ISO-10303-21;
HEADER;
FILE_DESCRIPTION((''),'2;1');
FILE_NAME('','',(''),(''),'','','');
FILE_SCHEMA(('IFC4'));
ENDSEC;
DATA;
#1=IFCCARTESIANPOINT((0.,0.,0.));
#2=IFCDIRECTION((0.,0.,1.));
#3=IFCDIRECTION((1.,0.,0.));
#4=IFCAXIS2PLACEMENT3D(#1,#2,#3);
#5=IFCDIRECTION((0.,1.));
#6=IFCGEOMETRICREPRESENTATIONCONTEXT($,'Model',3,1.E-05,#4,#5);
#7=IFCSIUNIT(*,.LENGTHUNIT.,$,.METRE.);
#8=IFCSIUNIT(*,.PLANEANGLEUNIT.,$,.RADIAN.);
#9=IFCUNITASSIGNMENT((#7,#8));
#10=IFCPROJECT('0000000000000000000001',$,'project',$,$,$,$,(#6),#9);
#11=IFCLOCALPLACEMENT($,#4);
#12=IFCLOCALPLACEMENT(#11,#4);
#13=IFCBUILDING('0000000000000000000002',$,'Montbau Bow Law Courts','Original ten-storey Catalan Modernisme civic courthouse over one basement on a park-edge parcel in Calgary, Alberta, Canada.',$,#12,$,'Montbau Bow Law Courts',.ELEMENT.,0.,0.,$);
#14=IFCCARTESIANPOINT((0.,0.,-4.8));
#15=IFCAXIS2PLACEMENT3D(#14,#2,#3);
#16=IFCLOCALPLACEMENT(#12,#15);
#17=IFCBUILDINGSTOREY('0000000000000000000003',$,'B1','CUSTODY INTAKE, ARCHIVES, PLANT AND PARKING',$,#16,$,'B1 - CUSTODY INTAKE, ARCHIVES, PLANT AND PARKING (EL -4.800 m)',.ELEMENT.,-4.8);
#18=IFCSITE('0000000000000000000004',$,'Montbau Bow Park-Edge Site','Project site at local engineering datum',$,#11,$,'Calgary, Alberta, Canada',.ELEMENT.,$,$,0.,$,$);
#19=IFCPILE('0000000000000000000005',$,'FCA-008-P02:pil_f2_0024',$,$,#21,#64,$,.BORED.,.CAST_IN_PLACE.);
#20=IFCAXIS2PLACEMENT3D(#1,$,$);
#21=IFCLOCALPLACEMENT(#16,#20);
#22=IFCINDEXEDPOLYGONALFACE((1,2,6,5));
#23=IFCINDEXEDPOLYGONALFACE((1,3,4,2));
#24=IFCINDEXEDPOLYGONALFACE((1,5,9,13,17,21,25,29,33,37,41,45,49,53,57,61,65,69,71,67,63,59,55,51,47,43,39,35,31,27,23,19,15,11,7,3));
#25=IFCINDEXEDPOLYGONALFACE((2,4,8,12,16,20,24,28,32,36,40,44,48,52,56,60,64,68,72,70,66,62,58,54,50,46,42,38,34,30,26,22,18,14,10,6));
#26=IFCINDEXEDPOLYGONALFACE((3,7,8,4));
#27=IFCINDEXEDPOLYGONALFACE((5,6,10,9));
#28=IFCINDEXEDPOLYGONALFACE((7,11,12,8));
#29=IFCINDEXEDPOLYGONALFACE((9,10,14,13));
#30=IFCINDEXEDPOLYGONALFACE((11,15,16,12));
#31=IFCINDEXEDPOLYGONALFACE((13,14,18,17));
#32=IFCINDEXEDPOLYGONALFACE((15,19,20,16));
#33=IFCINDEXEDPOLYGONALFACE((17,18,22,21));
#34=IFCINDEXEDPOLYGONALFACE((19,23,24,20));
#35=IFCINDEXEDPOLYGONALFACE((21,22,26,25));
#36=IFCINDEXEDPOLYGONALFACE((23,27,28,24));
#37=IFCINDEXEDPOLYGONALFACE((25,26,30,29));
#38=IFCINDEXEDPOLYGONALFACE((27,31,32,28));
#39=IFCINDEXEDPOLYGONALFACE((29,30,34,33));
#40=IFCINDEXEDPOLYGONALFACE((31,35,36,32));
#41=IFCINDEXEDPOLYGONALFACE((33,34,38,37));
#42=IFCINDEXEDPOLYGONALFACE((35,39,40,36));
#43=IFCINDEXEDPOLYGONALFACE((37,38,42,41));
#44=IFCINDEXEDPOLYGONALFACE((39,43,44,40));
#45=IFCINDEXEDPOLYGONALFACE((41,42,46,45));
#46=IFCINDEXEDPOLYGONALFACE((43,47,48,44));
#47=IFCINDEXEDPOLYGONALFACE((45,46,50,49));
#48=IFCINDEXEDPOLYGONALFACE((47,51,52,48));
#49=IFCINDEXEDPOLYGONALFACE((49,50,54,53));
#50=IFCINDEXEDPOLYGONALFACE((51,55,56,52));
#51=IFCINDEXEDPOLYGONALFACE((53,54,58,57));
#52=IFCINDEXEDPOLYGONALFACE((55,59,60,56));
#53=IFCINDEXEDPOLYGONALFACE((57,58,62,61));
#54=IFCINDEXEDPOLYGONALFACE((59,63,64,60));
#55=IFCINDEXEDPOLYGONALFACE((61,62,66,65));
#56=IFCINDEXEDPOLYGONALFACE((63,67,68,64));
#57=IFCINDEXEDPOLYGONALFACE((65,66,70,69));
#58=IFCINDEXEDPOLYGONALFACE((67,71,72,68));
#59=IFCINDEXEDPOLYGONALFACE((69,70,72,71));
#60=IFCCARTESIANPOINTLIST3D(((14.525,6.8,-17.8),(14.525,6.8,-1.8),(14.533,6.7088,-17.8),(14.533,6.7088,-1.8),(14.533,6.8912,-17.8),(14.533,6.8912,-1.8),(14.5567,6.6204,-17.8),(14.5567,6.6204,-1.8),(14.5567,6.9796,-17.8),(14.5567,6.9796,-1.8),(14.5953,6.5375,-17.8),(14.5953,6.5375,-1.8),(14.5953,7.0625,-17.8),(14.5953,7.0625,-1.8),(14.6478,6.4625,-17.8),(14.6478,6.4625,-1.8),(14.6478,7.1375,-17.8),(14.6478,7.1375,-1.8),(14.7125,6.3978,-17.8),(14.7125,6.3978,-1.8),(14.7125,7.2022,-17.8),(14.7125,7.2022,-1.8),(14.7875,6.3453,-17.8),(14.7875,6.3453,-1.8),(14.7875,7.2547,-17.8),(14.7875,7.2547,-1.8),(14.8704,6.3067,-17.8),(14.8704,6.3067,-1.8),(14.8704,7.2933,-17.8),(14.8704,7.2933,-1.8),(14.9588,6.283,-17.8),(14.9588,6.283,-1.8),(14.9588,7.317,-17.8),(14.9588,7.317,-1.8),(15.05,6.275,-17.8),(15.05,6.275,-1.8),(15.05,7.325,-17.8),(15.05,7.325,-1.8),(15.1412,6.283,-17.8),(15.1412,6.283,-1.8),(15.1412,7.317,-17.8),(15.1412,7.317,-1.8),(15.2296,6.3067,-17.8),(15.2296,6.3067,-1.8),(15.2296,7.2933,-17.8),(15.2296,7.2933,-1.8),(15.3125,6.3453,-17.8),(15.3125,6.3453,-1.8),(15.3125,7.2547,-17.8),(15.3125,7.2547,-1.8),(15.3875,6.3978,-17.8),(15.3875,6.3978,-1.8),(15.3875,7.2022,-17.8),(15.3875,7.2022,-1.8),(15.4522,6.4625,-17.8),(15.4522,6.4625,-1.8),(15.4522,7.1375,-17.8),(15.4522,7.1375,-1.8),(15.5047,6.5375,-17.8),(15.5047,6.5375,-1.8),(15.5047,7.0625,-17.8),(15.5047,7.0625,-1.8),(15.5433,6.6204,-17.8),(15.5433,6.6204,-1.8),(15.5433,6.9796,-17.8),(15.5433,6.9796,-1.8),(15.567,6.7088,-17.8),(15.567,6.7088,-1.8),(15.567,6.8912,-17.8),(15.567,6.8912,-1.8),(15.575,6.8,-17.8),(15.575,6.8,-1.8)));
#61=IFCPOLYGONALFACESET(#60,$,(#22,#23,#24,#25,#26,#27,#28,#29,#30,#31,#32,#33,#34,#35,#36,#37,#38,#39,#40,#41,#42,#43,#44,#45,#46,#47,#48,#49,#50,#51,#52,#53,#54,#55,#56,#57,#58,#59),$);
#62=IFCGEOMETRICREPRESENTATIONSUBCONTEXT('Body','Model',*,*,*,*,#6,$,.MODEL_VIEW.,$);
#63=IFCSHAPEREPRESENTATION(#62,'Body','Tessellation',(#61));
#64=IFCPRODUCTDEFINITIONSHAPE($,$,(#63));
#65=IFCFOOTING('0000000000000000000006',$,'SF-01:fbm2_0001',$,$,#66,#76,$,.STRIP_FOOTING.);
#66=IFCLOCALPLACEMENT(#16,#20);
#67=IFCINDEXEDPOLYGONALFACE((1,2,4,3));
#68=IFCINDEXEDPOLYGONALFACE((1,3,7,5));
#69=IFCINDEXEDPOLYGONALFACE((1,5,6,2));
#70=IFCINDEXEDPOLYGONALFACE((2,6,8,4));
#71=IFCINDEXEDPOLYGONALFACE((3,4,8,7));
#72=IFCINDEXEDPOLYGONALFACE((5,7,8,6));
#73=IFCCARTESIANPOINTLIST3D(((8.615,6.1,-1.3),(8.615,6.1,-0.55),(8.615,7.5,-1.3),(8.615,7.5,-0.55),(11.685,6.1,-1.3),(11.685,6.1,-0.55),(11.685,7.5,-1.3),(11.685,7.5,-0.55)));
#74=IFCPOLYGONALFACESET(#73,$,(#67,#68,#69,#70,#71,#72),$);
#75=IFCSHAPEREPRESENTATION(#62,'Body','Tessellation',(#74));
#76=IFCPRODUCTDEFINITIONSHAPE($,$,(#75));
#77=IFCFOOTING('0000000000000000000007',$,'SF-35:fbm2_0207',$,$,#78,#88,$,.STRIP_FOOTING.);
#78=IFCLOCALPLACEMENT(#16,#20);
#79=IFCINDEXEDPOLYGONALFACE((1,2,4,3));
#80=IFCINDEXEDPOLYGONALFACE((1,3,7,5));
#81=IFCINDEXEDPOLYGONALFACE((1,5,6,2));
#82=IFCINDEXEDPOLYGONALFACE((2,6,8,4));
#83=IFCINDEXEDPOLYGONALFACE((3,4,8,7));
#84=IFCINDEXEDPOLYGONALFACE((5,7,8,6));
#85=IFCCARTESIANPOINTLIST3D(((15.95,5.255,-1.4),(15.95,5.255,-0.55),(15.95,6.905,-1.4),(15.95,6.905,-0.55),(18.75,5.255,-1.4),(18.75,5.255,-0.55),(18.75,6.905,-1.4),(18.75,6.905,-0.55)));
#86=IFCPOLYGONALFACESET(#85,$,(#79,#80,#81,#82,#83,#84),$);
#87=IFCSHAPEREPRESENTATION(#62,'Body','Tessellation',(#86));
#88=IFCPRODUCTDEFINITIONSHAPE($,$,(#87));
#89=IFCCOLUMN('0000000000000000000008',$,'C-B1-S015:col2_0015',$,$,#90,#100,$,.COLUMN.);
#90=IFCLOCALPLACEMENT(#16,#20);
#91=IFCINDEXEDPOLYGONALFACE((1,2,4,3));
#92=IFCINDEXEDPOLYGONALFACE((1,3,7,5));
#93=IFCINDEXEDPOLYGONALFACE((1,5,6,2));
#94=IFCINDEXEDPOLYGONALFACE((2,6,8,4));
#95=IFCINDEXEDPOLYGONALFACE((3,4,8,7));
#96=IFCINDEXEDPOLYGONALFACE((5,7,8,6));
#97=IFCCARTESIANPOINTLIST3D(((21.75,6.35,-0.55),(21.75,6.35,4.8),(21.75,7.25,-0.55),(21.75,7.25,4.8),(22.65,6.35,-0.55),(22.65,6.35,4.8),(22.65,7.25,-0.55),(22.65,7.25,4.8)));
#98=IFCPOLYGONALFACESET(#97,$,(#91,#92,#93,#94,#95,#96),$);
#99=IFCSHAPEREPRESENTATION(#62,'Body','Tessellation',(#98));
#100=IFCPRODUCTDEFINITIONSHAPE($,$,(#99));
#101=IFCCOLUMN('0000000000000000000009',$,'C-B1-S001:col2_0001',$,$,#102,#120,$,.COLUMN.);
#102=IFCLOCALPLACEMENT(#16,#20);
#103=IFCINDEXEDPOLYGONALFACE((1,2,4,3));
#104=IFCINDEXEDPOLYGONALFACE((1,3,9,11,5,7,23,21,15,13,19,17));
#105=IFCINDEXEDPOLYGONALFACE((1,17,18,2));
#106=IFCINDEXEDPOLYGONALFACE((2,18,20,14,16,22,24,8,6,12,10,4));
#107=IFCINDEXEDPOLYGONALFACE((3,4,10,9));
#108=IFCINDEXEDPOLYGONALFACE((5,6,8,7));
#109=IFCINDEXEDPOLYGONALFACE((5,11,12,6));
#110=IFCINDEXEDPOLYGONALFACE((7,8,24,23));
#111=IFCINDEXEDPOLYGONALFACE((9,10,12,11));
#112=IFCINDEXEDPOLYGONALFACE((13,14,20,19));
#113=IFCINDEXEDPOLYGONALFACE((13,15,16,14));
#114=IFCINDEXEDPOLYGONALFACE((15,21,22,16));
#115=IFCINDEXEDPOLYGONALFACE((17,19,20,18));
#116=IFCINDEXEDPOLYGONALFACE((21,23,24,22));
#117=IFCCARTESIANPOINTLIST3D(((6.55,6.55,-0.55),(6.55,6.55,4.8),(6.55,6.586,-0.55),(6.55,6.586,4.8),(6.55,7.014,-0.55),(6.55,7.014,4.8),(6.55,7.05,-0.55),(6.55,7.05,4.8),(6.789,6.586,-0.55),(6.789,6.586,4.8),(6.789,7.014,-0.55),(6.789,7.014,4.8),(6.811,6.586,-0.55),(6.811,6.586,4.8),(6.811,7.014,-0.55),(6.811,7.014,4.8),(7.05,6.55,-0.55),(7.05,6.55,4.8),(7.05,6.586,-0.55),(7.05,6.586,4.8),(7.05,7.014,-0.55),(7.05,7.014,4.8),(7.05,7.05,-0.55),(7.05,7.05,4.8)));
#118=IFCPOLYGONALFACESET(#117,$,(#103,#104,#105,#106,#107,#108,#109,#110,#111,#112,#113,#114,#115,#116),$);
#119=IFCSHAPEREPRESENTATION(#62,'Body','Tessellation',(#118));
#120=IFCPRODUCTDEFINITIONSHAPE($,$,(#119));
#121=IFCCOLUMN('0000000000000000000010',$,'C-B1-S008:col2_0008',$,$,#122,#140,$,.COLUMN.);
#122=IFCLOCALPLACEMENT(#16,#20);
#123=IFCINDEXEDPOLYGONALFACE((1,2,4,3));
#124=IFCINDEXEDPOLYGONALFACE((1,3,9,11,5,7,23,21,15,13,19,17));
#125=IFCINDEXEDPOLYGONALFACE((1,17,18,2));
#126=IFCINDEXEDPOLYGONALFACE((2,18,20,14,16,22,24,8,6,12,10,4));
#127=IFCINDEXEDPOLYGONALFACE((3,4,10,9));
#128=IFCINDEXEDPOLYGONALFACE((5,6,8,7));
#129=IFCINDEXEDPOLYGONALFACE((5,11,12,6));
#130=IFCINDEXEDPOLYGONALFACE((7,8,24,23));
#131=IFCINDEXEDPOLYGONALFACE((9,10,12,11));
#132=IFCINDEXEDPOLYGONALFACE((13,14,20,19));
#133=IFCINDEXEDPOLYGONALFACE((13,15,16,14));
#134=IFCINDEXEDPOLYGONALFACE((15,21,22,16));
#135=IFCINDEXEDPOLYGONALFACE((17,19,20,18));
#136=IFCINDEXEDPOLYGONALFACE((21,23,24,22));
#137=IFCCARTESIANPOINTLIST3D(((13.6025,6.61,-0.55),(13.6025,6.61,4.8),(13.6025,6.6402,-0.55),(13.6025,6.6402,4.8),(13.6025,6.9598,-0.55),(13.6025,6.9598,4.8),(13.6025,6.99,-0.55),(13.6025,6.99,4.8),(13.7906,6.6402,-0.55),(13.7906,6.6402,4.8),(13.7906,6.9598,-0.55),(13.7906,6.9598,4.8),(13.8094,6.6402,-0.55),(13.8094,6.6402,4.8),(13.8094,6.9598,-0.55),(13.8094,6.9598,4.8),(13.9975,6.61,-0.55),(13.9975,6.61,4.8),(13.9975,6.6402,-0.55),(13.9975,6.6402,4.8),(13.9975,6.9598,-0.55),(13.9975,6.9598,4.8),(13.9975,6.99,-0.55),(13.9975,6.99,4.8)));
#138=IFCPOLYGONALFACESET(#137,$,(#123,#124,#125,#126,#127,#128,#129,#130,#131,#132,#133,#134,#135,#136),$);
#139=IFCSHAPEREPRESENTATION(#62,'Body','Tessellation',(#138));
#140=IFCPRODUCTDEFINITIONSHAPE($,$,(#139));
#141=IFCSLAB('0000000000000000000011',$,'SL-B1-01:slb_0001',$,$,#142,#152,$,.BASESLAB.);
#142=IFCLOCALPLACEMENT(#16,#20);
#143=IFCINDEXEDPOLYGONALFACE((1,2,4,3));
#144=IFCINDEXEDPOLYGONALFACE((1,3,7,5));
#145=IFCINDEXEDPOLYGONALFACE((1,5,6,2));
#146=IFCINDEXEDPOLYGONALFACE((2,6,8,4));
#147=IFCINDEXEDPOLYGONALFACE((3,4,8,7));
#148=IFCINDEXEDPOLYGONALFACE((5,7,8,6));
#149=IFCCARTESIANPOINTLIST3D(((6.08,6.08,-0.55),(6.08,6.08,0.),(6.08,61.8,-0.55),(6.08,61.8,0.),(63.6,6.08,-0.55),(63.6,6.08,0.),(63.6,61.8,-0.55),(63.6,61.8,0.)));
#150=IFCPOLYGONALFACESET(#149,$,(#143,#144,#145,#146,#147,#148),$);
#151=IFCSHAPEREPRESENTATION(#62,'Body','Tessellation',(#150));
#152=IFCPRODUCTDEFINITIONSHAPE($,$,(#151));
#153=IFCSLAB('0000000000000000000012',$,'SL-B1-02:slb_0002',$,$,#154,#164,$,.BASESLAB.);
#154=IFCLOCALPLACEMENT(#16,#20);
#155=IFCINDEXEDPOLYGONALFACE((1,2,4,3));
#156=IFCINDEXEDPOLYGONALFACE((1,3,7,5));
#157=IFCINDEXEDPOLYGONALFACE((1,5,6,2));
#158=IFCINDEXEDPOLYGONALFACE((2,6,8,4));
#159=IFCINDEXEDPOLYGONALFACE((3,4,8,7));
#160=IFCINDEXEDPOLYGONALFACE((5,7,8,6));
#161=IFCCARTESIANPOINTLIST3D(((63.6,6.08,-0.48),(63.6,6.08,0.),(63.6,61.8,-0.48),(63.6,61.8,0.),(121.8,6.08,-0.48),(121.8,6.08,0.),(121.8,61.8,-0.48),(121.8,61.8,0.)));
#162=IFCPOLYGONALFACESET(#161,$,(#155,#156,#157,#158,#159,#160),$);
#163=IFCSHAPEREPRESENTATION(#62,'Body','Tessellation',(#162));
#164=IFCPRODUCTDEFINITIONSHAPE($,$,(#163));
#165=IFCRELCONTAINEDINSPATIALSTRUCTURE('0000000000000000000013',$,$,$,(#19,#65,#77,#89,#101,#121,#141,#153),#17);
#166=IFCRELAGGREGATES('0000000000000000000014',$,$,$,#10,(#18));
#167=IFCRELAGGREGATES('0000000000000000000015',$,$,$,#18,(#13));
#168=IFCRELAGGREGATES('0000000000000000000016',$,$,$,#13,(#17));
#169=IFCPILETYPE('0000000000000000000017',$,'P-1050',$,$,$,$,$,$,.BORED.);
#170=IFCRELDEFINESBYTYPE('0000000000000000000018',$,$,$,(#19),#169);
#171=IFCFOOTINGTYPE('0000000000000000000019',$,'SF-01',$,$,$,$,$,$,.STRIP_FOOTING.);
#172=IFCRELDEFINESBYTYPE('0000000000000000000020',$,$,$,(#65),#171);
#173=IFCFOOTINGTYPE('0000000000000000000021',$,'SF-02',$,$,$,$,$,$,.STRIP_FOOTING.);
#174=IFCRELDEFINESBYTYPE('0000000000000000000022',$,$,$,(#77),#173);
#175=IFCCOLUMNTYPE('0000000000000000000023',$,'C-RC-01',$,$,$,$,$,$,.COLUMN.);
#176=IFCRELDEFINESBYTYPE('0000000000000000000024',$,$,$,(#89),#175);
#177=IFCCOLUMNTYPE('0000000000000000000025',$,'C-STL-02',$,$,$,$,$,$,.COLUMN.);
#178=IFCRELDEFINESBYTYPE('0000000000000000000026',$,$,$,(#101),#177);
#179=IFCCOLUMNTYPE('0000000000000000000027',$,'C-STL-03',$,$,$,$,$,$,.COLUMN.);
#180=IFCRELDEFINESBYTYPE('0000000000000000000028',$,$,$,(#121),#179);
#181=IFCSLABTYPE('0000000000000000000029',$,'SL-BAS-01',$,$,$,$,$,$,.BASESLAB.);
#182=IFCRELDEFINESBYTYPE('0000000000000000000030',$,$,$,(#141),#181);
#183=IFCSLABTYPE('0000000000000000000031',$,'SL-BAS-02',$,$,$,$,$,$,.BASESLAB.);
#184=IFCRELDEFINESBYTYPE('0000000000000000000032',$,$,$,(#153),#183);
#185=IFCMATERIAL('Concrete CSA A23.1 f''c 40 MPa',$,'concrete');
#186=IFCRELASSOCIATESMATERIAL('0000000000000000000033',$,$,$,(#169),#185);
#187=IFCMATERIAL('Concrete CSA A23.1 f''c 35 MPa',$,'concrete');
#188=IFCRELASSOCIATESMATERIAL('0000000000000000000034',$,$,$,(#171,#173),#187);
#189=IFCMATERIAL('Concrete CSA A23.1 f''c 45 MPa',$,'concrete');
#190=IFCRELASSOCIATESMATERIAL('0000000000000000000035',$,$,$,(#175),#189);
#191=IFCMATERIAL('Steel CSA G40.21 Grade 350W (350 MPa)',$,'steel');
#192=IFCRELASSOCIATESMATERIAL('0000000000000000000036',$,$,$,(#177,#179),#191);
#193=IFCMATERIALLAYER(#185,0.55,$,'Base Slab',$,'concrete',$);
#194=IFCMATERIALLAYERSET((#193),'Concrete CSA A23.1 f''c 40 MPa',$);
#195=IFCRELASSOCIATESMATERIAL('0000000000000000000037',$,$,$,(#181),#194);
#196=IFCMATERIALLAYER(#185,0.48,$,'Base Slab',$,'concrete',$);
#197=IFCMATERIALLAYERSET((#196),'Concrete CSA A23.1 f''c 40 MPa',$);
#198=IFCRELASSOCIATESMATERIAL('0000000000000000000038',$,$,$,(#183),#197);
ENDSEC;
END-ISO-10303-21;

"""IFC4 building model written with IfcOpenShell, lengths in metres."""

from ifc_helpers import new_model, si_unit, direction, frame, origin_with_axes, origin_2d_with_axis, place, context, subcontext, project, spatial, polyline, rectangle, circle, i_section, outline, extrude, material, layer, layer_set, material_profile, profile_set, type_object, element, save


model = new_model("IFC4")

# Units and contexts
model_context = context("Model", 3, precision=1e-05, world=origin_with_axes(), true_north=direction((0.0, 1.0)))
body_context = subcontext(model_context, "Body", "Model", "MODEL_VIEW")
ifc_project = project(units=[si_unit("LENGTHUNIT", "METRE"), si_unit("PLANEANGLEUNIT", "RADIAN")], contexts=[model_context])

# Site, building, storey
site_placement = place(None, origin_with_axes())
site = spatial("IfcSite", under=ifc_project, at=site_placement, Name="Montbau Bow Park-Edge Site", Description="Project site at local engineering datum", LongName="Calgary, Alberta, Canada", CompositionType="ELEMENT", RefElevation=0.0)
building_placement = place(site_placement, origin_with_axes())
building = spatial("IfcBuilding", under=site, at=building_placement, Name="Montbau Bow Law Courts", Description="Original ten-storey Catalan Modernisme civic courthouse over one basement on a park-edge parcel in Calgary, Alberta, Canada.", LongName="Montbau Bow Law Courts", CompositionType="ELEMENT", ElevationOfRefHeight=0.0, ElevationOfTerrain=0.0)
storey_placement = place(building_placement, frame((0.0, 0.0, -4.8), z_axis=(0.0, 0.0, 1.0), x_axis=(1.0, 0.0, 0.0)))
storey = spatial("IfcBuildingStorey", under=building, at=storey_placement, Name="B1", Description="CUSTODY INTAKE, ARCHIVES, PLANT AND PARKING", LongName="B1 - CUSTODY INTAKE, ARCHIVES, PLANT AND PARKING (EL -4.800 m)", CompositionType="ELEMENT", Elevation=-4.8)

# Shared definitions
ifc_material_1 = material(Name="Concrete CSA A23.1 f'c 35 MPa", Category="concrete")

# Pile
ifc_material_2 = material(Name="Concrete CSA A23.1 f'c 40 MPa", Category="concrete")
ifc_material_profile_1 = material_profile(ifc_material_2, circle(Radius=0.525, at=origin_2d_with_axis()), Name="BP1050", Category="Main", Priority=0)
ifc_profile_set_1 = profile_set([ifc_material_profile_1], Name="Concrete CSA A23.1 f'c 40 MPa")
pile_type_1 = type_object("IfcPileType", Name="P-1050", PredefinedType="BORED", material=ifc_profile_set_1)
for number, where, z_axis, x_axis, name in (
    (1, (15.05, 6.8, -22.6), (0.0, 0.0, 1.0), (1.0, 0.0, 0.0), "FCA-008-P02:pil_f2_0024"),
):
    element("IfcPile", number, at=place(None, frame(where, z_axis=z_axis, x_axis=x_axis)), inside=storey, type_object=pile_type_1, Name=name, ConstructionType="CAST_IN_PLACE", PredefinedType="BORED", context=body_context, shape_type="SweptSolid", body=[
        extrude(circle(Radius=0.525, at=origin_2d_with_axis()), origin_with_axes(), (0.0, 0.0, 1.0), 16.0),
    ])

# Footings
footing_type_1 = type_object("IfcFootingType", Name="SF-01", PredefinedType="STRIP_FOOTING", material=ifc_material_1)
footing_1_placement = place(None, frame((10.15, 6.8, -6.1), z_axis=(0.0, 0.0, 1.0), x_axis=(1.0, 0.0, 0.0)))
element("IfcFooting", 2, at=footing_1_placement, inside=storey, type_object=footing_type_1, Name="SF-01:fbm2_0001", PredefinedType="STRIP_FOOTING", context=body_context, shape_type="SweptSolid", body=[
    extrude(rectangle(XDim=3.07, YDim=1.4, at=origin_2d_with_axis()), origin_with_axes(), (0.0, 0.0, 1.0), 0.75),
])
footing_type_2 = type_object("IfcFootingType", Name="SF-02", PredefinedType="STRIP_FOOTING", material=ifc_material_1)
footing_2_placement = place(None, frame((17.35, 6.08, -6.2), z_axis=(0.0, 0.0, 1.0), x_axis=(1.0, 0.0, 0.0)))
element("IfcFooting", 3, at=footing_2_placement, inside=storey, type_object=footing_type_2, Name="SF-35:fbm2_0207", PredefinedType="STRIP_FOOTING", context=body_context, shape_type="SweptSolid", body=[
    extrude(rectangle(XDim=2.8, YDim=1.65, at=origin_2d_with_axis()), origin_with_axes(), (0.0, 0.0, 1.0), 0.85),
])

# Columns
ifc_material_3 = material(Name="Concrete CSA A23.1 f'c 45 MPa", Category="concrete")
ifc_material_profile_2 = material_profile(ifc_material_3, rectangle(XDim=0.9, YDim=0.9, at=origin_2d_with_axis()), Name="RC900X900", Category="Main", Priority=0)
ifc_profile_set_2 = profile_set([ifc_material_profile_2], Name="Concrete CSA A23.1 f'c 45 MPa")
column_type_1 = type_object("IfcColumnType", Name="C-RC-01", PredefinedType="COLUMN", material=ifc_profile_set_2)
column_1_placement = place(None, frame((22.2, 6.8, -5.35), z_axis=(0.0, 0.0, 1.0), x_axis=(1.0, 0.0, 0.0)))
element("IfcColumn", 4, at=column_1_placement, inside=storey, type_object=column_type_1, Name="C-B1-S015:col2_0015", PredefinedType="COLUMN", context=body_context, shape_type="SweptSolid", body=[
    extrude(rectangle(XDim=0.9, YDim=0.9, at=origin_2d_with_axis()), origin_with_axes(), (0.0, 0.0, 1.0), 5.35),
])
ifc_material_4 = material(Name="Steel CSA G40.21 Grade 350W (350 MPa)", Category="steel")
ifc_material_profile_3 = material_profile(ifc_material_4, i_section(OverallWidth=0.5, OverallDepth=0.5, WebThickness=0.022, FlangeThickness=0.036, at=origin_2d_with_axis()), Name="WWF500X343", Category="Main", Priority=0)
ifc_profile_set_3 = profile_set([ifc_material_profile_3], Name="Steel CSA G40.21 Grade 350W (350 MPa)")
column_type_2 = type_object("IfcColumnType", Name="C-STL-02", PredefinedType="COLUMN", material=ifc_profile_set_3)
column_2_placement = place(None, frame((6.8, 6.8, -5.35), z_axis=(0.0, 0.0, 1.0), x_axis=(1.0, 0.0, 0.0)))
element("IfcColumn", 5, at=column_2_placement, inside=storey, type_object=column_type_2, Name="C-B1-S001:col2_0001", PredefinedType="COLUMN", context=body_context, shape_type="SweptSolid", body=[
    extrude(i_section(OverallWidth=0.5, OverallDepth=0.5, WebThickness=0.022, FlangeThickness=0.036, at=origin_2d_with_axis()), origin_with_axes(), (0.0, 0.0, 1.0), 5.35),
])
ifc_material_profile_4 = material_profile(ifc_material_4, i_section(OverallWidth=0.395, OverallDepth=0.38, WebThickness=0.0189, FlangeThickness=0.0302, at=origin_2d_with_axis()), Name="W360X237", Category="Main", Priority=0)
ifc_profile_set_4 = profile_set([ifc_material_profile_4], Name="Steel CSA G40.21 Grade 350W (350 MPa)")
column_type_3 = type_object("IfcColumnType", Name="C-STL-03", PredefinedType="COLUMN", material=ifc_profile_set_4)
column_3_placement = place(None, frame((13.8, 6.8, -5.35), z_axis=(0.0, 0.0, 1.0), x_axis=(1.0, 0.0, 0.0)))
element("IfcColumn", 6, at=column_3_placement, inside=storey, type_object=column_type_3, Name="C-B1-S008:col2_0008", PredefinedType="COLUMN", context=body_context, shape_type="SweptSolid", body=[
    extrude(i_section(OverallWidth=0.395, OverallDepth=0.38, WebThickness=0.0189, FlangeThickness=0.0302, at=origin_2d_with_axis()), origin_with_axes(), (0.0, 0.0, 1.0), 5.35),
])

# Slabs
ifc_layer_1 = layer(ifc_material_2, 0.55, Name="Base Slab", Category="concrete")
ifc_layer_set_1 = layer_set([ifc_layer_1], Name="Concrete CSA A23.1 f'c 40 MPa")
slab_type_1 = type_object("IfcSlabType", Name="SL-BAS-01", PredefinedType="BASESLAB", material=ifc_layer_set_1)
slab_1_placement = place(None, frame((0.0, 0.0, -5.35), z_axis=(0.0, 0.0, 1.0), x_axis=(1.0, 0.0, 0.0)))
element("IfcSlab", 7, at=slab_1_placement, inside=storey, type_object=slab_type_1, Name="SL-B1-01:slb_0001", PredefinedType="BASESLAB", context=body_context, shape_type="SweptSolid", body=[
    extrude(outline(polyline([(6.08, 6.08), (63.6, 6.08), (63.6, 61.8), (6.08, 61.8), (6.08, 6.08)])), origin_with_axes(), (0.0, 0.0, 1.0), 0.55),
])
ifc_layer_2 = layer(ifc_material_2, 0.48, Name="Base Slab", Category="concrete")
ifc_layer_set_2 = layer_set([ifc_layer_2], Name="Concrete CSA A23.1 f'c 40 MPa")
slab_type_2 = type_object("IfcSlabType", Name="SL-BAS-02", PredefinedType="BASESLAB", material=ifc_layer_set_2)
slab_2_placement = place(None, frame((0.0, 0.0, -5.28), z_axis=(0.0, 0.0, 1.0), x_axis=(1.0, 0.0, 0.0)))
element("IfcSlab", 8, at=slab_2_placement, inside=storey, type_object=slab_type_2, Name="SL-B1-02:slb_0002", PredefinedType="BASESLAB", context=body_context, shape_type="SweptSolid", body=[
    extrude(outline(polyline([(63.6, 6.08), (121.8, 6.08), (121.8, 61.8), (63.6, 61.8), (63.6, 6.08)])), origin_with_axes(), (0.0, 0.0, 1.0), 0.48),
])

save(model, "model.ifc")
